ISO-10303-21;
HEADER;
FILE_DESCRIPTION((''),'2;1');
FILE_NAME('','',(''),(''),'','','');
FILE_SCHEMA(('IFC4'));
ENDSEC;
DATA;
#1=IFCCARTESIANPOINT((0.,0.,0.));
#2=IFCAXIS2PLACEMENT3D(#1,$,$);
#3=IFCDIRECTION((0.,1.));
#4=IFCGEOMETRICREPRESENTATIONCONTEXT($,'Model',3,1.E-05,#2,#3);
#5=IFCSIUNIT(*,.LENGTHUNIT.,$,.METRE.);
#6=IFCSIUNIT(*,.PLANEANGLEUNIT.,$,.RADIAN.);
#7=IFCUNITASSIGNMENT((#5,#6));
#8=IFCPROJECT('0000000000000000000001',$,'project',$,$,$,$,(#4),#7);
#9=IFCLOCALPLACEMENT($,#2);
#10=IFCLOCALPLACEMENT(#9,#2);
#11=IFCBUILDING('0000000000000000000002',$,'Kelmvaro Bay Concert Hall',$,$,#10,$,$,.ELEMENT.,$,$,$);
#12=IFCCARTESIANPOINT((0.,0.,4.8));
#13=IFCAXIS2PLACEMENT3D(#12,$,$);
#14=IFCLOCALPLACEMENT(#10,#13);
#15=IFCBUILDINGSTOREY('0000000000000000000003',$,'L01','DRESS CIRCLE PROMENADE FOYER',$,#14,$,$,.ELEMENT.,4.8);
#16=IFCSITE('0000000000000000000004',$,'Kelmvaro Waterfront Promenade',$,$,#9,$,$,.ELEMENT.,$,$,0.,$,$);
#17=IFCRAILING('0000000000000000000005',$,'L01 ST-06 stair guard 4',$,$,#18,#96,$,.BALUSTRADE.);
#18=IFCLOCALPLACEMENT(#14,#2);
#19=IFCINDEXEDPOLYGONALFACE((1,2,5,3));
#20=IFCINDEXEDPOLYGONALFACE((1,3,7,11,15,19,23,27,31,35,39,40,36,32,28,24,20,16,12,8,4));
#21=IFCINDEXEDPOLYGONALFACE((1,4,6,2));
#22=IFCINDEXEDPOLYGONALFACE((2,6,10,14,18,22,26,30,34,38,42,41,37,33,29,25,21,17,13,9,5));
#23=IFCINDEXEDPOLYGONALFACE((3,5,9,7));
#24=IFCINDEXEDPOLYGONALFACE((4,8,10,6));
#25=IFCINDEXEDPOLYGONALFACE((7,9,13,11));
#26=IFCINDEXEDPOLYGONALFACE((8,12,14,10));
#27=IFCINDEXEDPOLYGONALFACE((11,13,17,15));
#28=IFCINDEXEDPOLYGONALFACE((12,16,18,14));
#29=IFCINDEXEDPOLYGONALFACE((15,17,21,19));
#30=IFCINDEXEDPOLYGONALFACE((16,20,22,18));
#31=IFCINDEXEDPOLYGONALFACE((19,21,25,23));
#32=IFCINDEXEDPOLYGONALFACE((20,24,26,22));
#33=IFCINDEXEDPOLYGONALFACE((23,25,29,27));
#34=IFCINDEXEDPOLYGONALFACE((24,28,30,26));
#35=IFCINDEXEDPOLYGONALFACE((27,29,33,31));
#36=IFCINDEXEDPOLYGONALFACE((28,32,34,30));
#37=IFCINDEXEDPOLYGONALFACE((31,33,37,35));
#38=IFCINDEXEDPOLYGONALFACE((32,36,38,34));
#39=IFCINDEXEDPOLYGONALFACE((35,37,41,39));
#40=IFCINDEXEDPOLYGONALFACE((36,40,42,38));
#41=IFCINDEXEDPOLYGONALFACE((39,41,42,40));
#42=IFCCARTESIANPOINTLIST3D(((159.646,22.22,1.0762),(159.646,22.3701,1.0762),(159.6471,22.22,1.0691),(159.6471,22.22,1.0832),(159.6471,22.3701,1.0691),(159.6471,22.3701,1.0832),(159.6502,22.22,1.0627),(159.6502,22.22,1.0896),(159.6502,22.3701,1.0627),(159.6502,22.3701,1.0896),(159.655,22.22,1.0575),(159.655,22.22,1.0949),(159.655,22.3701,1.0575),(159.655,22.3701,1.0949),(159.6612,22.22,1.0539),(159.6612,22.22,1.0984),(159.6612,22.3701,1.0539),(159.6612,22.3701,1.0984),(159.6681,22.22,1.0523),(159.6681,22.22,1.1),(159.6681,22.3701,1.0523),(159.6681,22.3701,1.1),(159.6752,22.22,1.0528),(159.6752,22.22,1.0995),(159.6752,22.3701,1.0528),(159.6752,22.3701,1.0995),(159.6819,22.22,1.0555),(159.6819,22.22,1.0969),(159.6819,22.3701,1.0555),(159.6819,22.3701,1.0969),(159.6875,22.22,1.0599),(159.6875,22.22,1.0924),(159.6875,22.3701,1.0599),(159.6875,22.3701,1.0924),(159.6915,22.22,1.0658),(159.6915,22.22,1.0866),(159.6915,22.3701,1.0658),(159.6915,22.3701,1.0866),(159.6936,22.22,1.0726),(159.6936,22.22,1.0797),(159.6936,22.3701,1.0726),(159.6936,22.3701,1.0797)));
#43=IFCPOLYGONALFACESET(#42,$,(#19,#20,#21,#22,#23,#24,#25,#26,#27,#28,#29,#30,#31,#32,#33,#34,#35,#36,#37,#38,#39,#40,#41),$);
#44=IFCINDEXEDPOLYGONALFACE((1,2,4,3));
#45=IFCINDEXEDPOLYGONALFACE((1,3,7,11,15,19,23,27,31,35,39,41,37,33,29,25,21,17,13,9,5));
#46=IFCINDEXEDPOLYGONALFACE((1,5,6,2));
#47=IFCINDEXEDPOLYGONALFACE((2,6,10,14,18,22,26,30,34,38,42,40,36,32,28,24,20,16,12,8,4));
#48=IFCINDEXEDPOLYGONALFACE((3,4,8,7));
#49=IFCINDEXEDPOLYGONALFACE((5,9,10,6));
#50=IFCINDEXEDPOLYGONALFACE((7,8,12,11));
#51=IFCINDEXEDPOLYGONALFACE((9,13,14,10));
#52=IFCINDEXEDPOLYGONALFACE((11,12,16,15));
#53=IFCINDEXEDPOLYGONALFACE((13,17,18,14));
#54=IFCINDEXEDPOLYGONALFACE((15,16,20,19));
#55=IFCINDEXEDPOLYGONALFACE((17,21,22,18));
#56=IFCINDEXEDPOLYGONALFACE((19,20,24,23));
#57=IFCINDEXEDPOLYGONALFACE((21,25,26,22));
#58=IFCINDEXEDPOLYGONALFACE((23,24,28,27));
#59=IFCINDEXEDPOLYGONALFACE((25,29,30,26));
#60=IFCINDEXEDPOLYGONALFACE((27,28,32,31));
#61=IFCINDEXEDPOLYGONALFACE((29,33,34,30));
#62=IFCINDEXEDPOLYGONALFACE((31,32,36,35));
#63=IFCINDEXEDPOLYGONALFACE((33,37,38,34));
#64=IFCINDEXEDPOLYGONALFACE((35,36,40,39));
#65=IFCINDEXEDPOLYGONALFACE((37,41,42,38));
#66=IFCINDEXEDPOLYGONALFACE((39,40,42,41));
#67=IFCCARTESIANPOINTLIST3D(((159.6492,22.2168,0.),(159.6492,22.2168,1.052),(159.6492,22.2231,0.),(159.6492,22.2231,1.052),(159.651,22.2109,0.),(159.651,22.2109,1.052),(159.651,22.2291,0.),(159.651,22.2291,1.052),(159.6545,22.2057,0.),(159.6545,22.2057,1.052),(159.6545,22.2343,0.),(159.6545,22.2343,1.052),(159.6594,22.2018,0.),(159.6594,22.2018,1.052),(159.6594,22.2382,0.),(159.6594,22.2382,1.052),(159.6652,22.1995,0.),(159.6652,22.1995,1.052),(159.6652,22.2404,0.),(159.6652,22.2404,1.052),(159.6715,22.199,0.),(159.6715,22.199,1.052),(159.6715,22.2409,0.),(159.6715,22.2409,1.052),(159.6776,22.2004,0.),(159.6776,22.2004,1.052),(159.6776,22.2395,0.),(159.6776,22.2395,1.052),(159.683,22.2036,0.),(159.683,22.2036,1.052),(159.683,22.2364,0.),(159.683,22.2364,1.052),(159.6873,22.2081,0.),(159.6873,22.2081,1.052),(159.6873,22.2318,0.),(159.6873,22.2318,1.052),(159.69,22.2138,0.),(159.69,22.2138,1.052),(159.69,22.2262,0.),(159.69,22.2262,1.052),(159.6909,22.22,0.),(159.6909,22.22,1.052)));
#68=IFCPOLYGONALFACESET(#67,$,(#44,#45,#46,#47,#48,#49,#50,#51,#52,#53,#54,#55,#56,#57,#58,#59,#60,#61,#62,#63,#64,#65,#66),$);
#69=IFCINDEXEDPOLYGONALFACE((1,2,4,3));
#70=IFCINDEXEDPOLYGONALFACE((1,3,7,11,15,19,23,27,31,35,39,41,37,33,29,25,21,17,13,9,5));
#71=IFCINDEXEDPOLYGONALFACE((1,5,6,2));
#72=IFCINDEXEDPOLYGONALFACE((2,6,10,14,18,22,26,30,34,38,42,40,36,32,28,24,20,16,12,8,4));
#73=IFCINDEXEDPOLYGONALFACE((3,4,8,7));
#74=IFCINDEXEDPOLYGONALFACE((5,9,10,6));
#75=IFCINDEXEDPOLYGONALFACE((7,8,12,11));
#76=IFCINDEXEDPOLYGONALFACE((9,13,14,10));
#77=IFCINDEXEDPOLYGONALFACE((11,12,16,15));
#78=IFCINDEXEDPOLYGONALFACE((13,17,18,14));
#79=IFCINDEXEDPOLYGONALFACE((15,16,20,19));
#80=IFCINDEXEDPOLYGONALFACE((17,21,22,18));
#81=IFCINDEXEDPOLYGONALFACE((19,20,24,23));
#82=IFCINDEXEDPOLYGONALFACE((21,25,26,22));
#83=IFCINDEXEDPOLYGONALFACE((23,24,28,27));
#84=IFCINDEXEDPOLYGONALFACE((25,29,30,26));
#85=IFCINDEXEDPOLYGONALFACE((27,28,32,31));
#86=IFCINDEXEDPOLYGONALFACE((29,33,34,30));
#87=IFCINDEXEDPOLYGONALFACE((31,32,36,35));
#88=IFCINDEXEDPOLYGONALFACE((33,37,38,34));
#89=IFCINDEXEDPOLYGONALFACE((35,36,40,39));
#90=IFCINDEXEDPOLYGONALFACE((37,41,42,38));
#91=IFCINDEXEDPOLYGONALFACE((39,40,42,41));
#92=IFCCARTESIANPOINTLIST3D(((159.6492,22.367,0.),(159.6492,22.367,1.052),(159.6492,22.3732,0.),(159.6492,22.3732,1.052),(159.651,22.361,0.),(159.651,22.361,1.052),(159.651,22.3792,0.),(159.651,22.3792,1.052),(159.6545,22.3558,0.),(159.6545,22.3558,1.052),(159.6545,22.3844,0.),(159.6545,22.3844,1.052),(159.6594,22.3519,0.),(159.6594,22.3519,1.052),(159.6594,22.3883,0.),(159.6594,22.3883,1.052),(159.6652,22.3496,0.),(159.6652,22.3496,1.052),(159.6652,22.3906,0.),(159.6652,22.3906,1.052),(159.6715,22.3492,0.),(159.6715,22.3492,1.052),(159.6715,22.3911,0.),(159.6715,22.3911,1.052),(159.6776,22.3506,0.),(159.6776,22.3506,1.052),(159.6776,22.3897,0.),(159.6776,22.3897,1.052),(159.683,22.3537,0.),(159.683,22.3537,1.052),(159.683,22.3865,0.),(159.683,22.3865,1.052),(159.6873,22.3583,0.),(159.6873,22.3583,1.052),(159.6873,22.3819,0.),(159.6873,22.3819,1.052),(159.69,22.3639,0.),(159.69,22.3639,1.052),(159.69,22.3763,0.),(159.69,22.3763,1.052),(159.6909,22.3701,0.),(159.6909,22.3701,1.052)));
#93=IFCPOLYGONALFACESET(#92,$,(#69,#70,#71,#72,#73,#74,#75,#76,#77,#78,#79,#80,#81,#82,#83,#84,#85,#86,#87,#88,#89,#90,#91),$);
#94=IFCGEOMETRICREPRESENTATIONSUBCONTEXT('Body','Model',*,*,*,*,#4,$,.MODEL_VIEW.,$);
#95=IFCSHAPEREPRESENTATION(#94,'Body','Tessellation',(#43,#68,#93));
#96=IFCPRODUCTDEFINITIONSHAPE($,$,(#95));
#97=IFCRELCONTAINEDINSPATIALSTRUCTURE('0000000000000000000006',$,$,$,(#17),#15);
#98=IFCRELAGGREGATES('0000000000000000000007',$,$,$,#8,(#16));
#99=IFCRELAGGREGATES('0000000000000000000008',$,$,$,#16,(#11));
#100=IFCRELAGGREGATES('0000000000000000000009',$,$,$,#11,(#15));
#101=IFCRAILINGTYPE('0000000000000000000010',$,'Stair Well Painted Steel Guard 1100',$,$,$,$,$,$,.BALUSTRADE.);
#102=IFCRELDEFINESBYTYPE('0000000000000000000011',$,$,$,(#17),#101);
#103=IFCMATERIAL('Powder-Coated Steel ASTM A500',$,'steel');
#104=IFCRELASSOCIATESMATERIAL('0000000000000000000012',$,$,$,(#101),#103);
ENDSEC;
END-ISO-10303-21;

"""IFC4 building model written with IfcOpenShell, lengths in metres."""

from ifc_helpers import new_model, si_unit, direction, frame, origin, origin_2d, place, context, subcontext, project, spatial, circle, extrude, material, type_object, element, save


model = new_model("IFC4")

# Units and contexts
model_context = context("Model", 3, precision=1e-05, world=origin(), true_north=direction((0.0, 1.0)))
body_context = subcontext(model_context, "Body", "Model", "MODEL_VIEW")
ifc_project = project(units=[si_unit("LENGTHUNIT", "METRE"), si_unit("PLANEANGLEUNIT", "RADIAN")], contexts=[model_context])

# Site, building, storey
site_placement = place(None, origin())
site = spatial("IfcSite", under=ifc_project, at=site_placement, Name="Kelmvaro Waterfront Promenade", CompositionType="ELEMENT", RefElevation=0.0)
building_placement = place(site_placement, origin())
building = spatial("IfcBuilding", under=site, at=building_placement, Name="Kelmvaro Bay Concert Hall", CompositionType="ELEMENT")
storey_placement = place(building_placement, frame((0.0, 0.0, 4.8)))
storey = spatial("IfcBuildingStorey", under=building, at=storey_placement, Name="L01", Description="DRESS CIRCLE PROMENADE FOYER", CompositionType="ELEMENT", Elevation=4.8)

# Railing
ifc_material_1 = material(Name="Powder-Coated Steel ASTM A500", Category="steel")
railing_type_1 = type_object("IfcRailingType", Name="Stair Well Painted Steel Guard 1100", PredefinedType="BALUSTRADE", material=ifc_material_1)
railing_1_placement = place(storey_placement, frame((159.6699, 22.22, 0.0)))
element("IfcRailing", 1, at=railing_1_placement, inside=storey, type_object=railing_type_1, Name="L01 ST-06 stair guard 4", PredefinedType="BALUSTRADE", context=body_context, shape_type="SweptSolid", body=[
    extrude(circle(Radius=0.0239, at=origin_2d()), frame((0.0, 0.0, 1.0762), z_axis=(0.0, 1.0, 0.0), x_axis=(-1.0, 0.0, 0.0)), (0.0, 0.0, 1.0), 0.1501),
    extrude(circle(Radius=0.021, at=origin_2d()), origin(), (0.0, 0.0, 1.0), 1.052),
    extrude(circle(Radius=0.021, at=origin_2d()), frame((0.0, 0.1501, 0.0)), (0.0, 0.0, 1.0), 1.052),
])

save(model, "model.ifc")
